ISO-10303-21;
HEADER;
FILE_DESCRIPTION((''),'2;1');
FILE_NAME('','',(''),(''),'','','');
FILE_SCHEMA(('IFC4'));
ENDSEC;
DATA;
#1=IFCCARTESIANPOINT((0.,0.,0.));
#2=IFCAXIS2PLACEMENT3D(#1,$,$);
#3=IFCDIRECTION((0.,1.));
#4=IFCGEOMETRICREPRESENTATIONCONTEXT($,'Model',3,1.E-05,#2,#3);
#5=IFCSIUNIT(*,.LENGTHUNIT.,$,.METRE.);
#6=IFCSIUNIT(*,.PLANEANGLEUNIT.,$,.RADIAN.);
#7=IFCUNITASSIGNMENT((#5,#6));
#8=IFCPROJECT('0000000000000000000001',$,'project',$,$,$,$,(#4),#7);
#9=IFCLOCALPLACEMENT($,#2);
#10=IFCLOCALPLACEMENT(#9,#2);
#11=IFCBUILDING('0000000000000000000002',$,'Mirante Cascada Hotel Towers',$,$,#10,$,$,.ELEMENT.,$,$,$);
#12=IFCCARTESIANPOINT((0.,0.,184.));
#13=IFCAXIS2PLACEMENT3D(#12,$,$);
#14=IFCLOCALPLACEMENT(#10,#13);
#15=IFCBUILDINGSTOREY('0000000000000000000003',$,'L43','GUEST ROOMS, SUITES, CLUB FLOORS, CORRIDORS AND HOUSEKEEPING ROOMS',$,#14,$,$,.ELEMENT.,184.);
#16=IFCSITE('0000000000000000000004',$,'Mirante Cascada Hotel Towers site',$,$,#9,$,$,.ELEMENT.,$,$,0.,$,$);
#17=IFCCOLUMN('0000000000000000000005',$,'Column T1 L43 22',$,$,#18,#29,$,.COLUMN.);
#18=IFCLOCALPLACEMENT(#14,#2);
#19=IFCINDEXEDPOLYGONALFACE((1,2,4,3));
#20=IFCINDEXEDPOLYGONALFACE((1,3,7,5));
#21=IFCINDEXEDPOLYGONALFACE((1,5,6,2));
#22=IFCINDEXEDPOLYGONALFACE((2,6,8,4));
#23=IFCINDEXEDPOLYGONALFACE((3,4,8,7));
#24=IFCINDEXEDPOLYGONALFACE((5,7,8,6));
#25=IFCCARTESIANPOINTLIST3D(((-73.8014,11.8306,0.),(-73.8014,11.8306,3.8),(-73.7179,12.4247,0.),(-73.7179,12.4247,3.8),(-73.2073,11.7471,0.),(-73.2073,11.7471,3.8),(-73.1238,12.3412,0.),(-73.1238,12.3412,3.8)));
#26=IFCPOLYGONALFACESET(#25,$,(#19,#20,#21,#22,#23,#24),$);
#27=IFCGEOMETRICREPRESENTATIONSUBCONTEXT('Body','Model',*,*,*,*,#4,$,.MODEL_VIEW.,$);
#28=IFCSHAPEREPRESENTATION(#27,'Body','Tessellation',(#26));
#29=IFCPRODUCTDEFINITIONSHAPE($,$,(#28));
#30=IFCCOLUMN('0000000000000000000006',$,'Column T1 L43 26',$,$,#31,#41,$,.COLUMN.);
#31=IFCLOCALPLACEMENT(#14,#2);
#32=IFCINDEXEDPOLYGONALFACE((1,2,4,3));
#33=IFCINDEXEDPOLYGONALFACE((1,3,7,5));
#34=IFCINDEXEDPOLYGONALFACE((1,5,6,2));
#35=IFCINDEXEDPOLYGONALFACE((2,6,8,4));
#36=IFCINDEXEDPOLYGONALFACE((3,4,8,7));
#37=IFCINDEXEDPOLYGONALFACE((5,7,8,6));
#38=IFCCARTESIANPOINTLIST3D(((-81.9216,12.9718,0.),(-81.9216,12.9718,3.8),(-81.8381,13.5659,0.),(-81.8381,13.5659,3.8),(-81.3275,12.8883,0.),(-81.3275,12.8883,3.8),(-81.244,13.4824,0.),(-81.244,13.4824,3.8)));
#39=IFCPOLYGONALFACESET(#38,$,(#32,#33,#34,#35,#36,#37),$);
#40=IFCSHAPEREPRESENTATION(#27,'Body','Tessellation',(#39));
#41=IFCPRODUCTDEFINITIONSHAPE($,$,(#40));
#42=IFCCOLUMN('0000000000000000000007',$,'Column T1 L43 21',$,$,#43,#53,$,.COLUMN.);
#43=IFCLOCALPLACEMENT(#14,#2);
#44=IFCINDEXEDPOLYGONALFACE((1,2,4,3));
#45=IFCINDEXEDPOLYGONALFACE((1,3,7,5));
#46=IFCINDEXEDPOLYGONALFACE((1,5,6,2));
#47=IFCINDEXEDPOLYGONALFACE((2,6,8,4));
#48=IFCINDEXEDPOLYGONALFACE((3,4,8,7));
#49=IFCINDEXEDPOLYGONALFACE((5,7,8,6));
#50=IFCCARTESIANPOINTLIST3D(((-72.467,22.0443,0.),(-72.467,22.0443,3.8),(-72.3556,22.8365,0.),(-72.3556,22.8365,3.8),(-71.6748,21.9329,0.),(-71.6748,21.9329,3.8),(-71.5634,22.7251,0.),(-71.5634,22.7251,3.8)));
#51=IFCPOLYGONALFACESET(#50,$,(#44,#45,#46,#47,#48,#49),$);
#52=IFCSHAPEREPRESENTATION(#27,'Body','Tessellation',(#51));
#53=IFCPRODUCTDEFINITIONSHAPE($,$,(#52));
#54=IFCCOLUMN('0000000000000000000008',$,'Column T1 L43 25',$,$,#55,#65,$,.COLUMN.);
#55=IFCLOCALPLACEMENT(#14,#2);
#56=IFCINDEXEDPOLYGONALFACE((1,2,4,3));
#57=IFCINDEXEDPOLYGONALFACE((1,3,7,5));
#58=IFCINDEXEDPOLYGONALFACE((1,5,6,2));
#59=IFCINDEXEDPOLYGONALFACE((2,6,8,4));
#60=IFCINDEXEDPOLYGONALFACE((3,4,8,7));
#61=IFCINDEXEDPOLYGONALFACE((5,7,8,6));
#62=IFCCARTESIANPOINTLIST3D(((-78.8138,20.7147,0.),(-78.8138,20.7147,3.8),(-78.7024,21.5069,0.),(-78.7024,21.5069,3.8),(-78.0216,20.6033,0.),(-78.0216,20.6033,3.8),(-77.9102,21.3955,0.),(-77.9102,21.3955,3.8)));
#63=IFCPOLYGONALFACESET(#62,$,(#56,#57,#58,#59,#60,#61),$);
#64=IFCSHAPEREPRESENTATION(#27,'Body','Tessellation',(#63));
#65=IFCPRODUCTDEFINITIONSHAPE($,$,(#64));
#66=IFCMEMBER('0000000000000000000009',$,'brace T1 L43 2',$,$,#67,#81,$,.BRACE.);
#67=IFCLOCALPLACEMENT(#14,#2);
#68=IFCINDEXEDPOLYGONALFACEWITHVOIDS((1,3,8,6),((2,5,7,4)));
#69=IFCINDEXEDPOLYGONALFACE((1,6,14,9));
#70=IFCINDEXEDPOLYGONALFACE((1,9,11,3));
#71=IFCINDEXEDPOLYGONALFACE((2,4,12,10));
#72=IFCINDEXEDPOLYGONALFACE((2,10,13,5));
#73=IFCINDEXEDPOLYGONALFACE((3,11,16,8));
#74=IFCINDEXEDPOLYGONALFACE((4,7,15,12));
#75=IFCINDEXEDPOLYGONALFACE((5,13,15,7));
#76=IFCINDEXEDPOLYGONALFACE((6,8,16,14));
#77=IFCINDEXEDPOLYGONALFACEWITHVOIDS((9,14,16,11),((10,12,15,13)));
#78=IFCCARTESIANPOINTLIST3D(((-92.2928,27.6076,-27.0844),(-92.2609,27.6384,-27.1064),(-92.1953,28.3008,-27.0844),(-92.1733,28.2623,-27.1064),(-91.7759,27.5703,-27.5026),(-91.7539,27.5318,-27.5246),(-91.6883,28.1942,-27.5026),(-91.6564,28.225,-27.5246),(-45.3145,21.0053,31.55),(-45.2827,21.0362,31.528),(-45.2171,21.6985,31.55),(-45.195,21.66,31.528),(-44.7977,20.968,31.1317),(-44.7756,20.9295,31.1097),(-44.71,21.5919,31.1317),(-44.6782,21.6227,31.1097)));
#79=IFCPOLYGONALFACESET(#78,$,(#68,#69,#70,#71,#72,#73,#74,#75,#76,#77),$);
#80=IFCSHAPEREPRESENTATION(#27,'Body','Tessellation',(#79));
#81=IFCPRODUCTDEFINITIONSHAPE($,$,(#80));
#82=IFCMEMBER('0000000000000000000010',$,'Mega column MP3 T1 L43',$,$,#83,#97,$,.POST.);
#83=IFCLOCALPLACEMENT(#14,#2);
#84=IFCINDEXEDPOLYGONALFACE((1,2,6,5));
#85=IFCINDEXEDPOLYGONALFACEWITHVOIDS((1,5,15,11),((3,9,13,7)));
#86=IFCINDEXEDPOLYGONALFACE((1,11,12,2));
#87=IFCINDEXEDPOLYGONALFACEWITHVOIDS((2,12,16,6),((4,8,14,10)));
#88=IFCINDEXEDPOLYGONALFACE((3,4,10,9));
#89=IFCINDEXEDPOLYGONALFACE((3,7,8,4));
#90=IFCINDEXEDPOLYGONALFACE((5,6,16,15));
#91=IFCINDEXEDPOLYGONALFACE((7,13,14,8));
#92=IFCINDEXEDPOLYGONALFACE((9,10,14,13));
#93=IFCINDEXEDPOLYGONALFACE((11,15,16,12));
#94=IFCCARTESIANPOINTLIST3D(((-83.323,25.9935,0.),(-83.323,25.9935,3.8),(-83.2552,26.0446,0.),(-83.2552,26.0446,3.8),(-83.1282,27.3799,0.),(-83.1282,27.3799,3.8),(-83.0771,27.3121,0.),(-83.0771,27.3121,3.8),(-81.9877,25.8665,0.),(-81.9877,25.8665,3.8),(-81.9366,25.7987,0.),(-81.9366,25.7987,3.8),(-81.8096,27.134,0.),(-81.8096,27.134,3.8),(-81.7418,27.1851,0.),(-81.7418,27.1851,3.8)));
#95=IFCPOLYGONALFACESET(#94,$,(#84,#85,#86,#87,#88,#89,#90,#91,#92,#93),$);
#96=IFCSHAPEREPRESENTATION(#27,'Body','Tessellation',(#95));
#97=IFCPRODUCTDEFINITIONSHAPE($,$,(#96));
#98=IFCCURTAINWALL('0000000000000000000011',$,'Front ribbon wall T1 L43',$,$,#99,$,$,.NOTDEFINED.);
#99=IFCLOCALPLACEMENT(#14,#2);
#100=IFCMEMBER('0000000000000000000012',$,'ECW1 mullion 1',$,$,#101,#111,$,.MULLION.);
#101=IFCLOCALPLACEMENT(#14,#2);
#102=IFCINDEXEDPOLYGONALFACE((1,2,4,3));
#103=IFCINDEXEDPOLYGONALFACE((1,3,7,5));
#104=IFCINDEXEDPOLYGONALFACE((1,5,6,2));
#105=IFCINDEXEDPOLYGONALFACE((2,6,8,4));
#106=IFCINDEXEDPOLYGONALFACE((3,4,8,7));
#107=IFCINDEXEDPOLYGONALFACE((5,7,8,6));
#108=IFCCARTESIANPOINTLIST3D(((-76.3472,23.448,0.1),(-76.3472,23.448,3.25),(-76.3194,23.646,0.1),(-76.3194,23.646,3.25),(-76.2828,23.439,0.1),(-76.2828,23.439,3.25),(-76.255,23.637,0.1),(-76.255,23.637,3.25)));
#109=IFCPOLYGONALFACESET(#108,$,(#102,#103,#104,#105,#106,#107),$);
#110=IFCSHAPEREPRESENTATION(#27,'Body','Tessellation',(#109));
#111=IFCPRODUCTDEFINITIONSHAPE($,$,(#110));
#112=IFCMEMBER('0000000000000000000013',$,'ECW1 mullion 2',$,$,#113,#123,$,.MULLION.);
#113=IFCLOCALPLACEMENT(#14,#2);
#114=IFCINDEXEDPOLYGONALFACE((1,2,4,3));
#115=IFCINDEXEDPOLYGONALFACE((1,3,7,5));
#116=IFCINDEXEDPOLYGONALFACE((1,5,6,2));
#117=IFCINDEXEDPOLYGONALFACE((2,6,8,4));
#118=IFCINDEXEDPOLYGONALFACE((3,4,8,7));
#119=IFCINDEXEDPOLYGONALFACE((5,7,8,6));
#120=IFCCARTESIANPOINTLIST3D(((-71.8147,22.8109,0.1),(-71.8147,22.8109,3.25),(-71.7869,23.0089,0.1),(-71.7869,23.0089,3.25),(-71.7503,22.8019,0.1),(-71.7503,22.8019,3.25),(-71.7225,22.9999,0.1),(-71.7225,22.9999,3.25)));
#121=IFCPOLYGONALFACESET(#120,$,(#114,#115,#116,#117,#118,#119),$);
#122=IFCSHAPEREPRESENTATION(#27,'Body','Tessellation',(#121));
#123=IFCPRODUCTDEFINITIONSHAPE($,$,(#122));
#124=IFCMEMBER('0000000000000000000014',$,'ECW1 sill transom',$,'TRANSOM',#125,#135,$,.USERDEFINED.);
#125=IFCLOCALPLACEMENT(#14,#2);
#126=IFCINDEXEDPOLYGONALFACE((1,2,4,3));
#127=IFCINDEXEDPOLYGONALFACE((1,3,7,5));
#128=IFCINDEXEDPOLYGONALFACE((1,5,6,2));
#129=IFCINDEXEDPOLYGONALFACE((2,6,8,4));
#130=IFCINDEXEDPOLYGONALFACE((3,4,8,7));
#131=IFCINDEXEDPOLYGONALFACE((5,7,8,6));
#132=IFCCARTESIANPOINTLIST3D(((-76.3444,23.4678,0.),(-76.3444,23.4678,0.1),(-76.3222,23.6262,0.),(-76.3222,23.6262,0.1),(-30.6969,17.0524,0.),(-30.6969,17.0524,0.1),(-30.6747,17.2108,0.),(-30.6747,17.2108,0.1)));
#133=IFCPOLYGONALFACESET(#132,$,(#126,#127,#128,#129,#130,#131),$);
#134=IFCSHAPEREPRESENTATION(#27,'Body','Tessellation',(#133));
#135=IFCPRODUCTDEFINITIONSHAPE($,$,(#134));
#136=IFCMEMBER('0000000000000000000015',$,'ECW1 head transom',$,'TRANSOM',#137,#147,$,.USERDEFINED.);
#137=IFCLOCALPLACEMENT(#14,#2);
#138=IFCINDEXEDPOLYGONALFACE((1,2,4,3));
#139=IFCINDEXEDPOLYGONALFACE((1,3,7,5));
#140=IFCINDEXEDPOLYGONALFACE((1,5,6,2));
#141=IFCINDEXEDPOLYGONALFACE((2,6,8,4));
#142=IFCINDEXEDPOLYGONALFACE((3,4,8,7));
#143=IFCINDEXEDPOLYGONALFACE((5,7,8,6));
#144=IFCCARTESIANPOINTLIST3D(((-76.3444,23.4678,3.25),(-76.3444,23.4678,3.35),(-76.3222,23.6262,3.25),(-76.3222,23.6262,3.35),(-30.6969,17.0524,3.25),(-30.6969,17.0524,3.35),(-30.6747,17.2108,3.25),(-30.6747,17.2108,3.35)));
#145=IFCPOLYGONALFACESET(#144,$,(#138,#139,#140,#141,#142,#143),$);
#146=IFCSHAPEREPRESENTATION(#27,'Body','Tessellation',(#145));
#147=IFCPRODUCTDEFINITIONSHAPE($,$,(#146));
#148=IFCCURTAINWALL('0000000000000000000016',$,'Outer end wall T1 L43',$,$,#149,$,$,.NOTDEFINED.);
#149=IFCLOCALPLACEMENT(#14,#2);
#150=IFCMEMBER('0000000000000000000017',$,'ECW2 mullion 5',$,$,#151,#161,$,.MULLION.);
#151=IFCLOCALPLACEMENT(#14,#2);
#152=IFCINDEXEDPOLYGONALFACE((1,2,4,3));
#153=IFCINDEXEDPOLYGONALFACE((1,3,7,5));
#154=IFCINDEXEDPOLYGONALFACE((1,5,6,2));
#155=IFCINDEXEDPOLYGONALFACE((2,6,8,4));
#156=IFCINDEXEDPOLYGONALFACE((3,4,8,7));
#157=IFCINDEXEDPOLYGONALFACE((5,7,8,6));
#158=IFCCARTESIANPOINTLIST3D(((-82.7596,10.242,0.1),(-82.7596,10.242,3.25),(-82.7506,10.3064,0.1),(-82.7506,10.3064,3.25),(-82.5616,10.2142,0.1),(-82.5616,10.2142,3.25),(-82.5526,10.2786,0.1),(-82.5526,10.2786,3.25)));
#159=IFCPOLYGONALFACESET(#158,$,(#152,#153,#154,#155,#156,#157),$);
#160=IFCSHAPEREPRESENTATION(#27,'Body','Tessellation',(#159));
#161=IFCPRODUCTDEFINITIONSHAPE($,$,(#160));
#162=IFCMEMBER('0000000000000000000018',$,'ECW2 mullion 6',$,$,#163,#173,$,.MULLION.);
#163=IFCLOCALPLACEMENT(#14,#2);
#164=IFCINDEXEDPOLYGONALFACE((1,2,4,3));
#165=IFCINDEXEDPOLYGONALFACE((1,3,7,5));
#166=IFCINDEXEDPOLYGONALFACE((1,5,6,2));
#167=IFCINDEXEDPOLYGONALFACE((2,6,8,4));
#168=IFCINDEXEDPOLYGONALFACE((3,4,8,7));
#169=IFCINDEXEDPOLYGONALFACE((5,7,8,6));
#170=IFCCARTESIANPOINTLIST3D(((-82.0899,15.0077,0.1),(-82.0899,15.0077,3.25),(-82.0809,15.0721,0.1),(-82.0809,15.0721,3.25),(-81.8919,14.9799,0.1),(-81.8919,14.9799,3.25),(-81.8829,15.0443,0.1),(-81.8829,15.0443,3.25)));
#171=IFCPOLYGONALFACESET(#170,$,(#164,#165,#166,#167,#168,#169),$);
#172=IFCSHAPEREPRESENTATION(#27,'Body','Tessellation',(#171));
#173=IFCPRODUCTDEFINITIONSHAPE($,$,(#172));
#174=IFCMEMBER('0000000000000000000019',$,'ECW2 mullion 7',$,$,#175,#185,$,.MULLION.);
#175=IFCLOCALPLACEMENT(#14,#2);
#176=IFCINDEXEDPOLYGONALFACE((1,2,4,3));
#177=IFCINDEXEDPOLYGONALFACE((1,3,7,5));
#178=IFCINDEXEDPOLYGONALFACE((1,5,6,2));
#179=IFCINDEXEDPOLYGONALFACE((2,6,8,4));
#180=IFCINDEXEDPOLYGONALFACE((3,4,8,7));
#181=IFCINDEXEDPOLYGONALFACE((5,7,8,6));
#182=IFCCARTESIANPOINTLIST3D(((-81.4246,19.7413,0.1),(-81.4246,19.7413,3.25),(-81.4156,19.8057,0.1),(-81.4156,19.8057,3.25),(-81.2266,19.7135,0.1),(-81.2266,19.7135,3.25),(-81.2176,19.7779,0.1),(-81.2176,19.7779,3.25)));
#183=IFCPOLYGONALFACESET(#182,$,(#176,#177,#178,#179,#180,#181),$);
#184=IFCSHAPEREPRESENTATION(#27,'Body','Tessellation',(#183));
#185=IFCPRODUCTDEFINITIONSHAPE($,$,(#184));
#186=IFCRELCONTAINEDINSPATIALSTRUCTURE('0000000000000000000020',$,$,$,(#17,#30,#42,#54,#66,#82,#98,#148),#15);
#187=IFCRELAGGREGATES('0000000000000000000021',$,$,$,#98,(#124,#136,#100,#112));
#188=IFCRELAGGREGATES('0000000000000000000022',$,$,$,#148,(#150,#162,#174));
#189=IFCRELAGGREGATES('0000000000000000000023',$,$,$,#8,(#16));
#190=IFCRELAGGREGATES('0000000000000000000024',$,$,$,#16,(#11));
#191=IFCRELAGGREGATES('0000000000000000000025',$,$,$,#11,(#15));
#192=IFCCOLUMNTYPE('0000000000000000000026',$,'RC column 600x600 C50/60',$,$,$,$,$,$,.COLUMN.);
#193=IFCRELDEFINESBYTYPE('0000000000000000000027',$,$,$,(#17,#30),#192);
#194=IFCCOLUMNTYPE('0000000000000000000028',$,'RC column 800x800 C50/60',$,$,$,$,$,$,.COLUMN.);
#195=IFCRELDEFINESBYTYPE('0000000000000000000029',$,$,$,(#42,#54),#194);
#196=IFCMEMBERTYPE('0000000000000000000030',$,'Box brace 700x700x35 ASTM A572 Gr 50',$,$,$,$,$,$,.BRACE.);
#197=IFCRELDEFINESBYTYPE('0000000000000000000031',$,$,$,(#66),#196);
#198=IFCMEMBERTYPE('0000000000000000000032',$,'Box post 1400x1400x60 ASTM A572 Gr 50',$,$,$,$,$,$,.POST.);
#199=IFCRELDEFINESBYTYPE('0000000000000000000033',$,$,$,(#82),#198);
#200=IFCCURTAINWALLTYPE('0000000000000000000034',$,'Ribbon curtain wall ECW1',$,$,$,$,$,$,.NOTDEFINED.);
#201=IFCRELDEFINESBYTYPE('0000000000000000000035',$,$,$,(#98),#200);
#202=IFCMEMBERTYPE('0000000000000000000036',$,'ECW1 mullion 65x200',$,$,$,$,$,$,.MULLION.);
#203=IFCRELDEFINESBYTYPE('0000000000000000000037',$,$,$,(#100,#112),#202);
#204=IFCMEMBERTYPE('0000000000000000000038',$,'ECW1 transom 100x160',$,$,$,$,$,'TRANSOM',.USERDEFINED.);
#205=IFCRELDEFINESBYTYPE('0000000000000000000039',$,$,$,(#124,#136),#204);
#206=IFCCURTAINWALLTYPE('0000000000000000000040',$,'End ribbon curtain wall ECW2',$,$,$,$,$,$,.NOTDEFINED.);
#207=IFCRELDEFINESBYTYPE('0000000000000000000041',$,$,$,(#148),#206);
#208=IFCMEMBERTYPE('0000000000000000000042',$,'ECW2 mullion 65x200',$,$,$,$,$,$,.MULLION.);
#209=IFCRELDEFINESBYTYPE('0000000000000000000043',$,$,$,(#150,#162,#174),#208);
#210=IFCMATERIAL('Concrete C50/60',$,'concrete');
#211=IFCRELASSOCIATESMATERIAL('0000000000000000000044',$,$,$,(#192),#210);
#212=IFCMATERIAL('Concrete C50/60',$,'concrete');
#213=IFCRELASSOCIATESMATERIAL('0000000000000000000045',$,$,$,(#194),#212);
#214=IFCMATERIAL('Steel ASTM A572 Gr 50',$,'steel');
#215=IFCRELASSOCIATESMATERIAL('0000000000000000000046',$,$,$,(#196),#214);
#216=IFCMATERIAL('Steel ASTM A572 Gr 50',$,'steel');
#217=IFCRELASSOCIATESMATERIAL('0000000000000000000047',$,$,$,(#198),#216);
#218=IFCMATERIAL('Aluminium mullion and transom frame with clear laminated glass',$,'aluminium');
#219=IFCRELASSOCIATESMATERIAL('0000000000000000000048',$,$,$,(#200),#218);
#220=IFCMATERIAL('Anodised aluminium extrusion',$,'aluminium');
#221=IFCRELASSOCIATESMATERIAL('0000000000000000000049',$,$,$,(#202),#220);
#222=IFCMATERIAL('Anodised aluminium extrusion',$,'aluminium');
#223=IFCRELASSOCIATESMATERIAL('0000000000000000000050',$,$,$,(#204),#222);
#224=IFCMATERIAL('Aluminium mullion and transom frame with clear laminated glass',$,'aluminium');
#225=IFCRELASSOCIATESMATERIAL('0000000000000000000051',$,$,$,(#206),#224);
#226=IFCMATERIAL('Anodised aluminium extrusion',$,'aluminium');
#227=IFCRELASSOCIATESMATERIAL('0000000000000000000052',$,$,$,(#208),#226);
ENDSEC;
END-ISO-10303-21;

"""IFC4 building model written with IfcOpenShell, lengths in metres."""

from ifc_helpers import new_model, si_unit, direction, frame, origin, origin_2d, place, context, subcontext, project, spatial, rectangle, hollow_rectangle, extrude, material, material_profile, profile_set, type_object, element, aggregate, save


model = new_model("IFC4")

# Units and contexts
model_context = context("Model", 3, precision=1e-05, world=origin(), true_north=direction((0.0, 1.0)))
body_context = subcontext(model_context, "Body", "Model", "MODEL_VIEW")
ifc_project = project(units=[si_unit("LENGTHUNIT", "METRE"), si_unit("PLANEANGLEUNIT", "RADIAN")], contexts=[model_context])

# Site, building, storey
site_placement = place(None, origin())
site = spatial("IfcSite", under=ifc_project, at=site_placement, Name="Mirante Cascada Hotel Towers site", CompositionType="ELEMENT", RefElevation=0.0)
building_placement = place(site_placement, origin())
building = spatial("IfcBuilding", under=site, at=building_placement, Name="Mirante Cascada Hotel Towers", CompositionType="ELEMENT")
storey_placement = place(building_placement, frame((0.0, 0.0, 184.0)))
storey = spatial("IfcBuildingStorey", under=building, at=storey_placement, Name="L43", Description="GUEST ROOMS, SUITES, CLUB FLOORS, CORRIDORS AND HOUSEKEEPING ROOMS", CompositionType="ELEMENT", Elevation=184.0)

# Columns
ifc_material_1 = material(Name="Concrete C50/60", Category="concrete")
ifc_material_profile_1 = material_profile(ifc_material_1, rectangle(XDim=0.6, YDim=0.6, at=origin_2d()), Name="RC column 600x600 C50/60")
ifc_profile_set_1 = profile_set([ifc_material_profile_1], Name="Concrete C50/60")
column_type_1 = type_object("IfcColumnType", Name="RC column 600x600 C50/60", PredefinedType="COLUMN", material=ifc_profile_set_1)
for number, where, z_axis, x_axis, name in (
    (1, (-73.4626, 12.0859, 0.0), (0.0, 0.0, 1.0), (-0.990268, 0.139173, 0.0), "Column T1 L43 22"),
    (2, (-81.5828, 13.2271, 0.0), (0.0, 0.0, 1.0), (-0.990268, 0.139173, 0.0), "Column T1 L43 26"),
):
    element("IfcColumn", number, at=place(storey_placement, frame(where, z_axis=z_axis, x_axis=x_axis)), inside=storey, type_object=column_type_1, Name=name, PredefinedType="COLUMN", context=body_context, shape_type="SweptSolid", body=[
        extrude(rectangle(XDim=0.6, YDim=0.6, at=origin_2d()), origin(), (0.0, 0.0, 1.0), 3.8),
    ])
ifc_material_2 = material(Name="Concrete C50/60", Category="concrete")
ifc_material_profile_2 = material_profile(ifc_material_2, rectangle(XDim=0.8, YDim=0.8, at=origin_2d()), Name="RC column 800x800 C50/60")
ifc_profile_set_2 = profile_set([ifc_material_profile_2], Name="Concrete C50/60")
column_type_2 = type_object("IfcColumnType", Name="RC column 800x800 C50/60", PredefinedType="COLUMN", material=ifc_profile_set_2)
for number, where, z_axis, x_axis, name in (
    (3, (-72.0152, 22.3847, 0.0), (0.0, 0.0, 1.0), (-0.990268, 0.139173, 0.0), "Column T1 L43 21"),
    (4, (-78.362, 21.0551, 0.0), (0.0, 0.0, 1.0), (-0.990268, 0.139173, 0.0), "Column T1 L43 25"),
):
    element("IfcColumn", number, at=place(storey_placement, frame(where, z_axis=z_axis, x_axis=x_axis)), inside=storey, type_object=column_type_2, Name=name, PredefinedType="COLUMN", context=body_context, shape_type="SweptSolid", body=[
        extrude(rectangle(XDim=0.8, YDim=0.8, at=origin_2d()), origin(), (0.0, 0.0, 1.0), 3.8),
    ])

# Members
ifc_material_3 = material(Name="Steel ASTM A572 Gr 50", Category="steel")
ifc_material_profile_3 = material_profile(ifc_material_3, hollow_rectangle(XDim=0.7, YDim=0.7, WallThickness=0.035, at=origin_2d()), Name="Box brace 700x700x35 ASTM A572 Gr 50")
ifc_profile_set_3 = profile_set([ifc_material_profile_3], Name="Steel ASTM A572 Gr 50")
member_type_1 = type_object("IfcMemberType", Name="Box brace 700x700x35 ASTM A572 Gr 50", PredefinedType="BRACE", material=ifc_profile_set_3)
member_1_placement = place(storey_placement, frame((-91.9746, 27.9163, -27.3045), z_axis=(0.622869, -0.087538, 0.777413), x_axis=(0.139172, 0.990268, 0.0)))
element("IfcMember", 5, at=member_1_placement, inside=storey, type_object=member_type_1, Name="brace T1 L43 2", PredefinedType="BRACE", context=body_context, shape_type="SweptSolid", body=[
    extrude(hollow_rectangle(XDim=0.7, YDim=0.7, WallThickness=0.035, at=origin_2d()), origin(), (0.0, 0.0, 1.0), 75.4224),
])
ifc_material_4 = material(Name="Steel ASTM A572 Gr 50", Category="steel")
ifc_material_profile_4 = material_profile(ifc_material_4, hollow_rectangle(XDim=1.4, YDim=1.4, WallThickness=0.06, at=origin_2d()), Name="Box post 1400x1400x60 ASTM A572 Gr 50")
ifc_profile_set_4 = profile_set([ifc_material_profile_4], Name="Steel ASTM A572 Gr 50")
member_type_2 = type_object("IfcMemberType", Name="Box post 1400x1400x60 ASTM A572 Gr 50", PredefinedType="POST", material=ifc_profile_set_4)
member_2_placement = place(storey_placement, frame((-82.5324, 26.5893, 0.0), z_axis=(0.0, 0.0, 1.0), x_axis=(-0.990268, 0.139173, 0.0)))
element("IfcMember", 6, at=member_2_placement, inside=storey, type_object=member_type_2, Name="Mega column MP3 T1 L43", PredefinedType="POST", context=body_context, shape_type="SweptSolid", body=[
    extrude(hollow_rectangle(XDim=1.4, YDim=1.4, WallThickness=0.06, at=origin_2d()), origin(), (0.0, 0.0, 1.0), 3.8),
])

# Curtain walls, members
ifc_material_5 = material(Name="Aluminium mullion and transom frame with clear laminated glass", Category="aluminium")
curtain_wall_type_1 = type_object("IfcCurtainWallType", Name="Ribbon curtain wall ECW1", PredefinedType="NOTDEFINED", material=ifc_material_5)
curtain_wall_1_placement = place(storey_placement, origin())
curtain_wall_1 = element("IfcCurtainWall", 7, at=curtain_wall_1_placement, inside=storey, type_object=curtain_wall_type_1, Name="Front ribbon wall T1 L43", PredefinedType="NOTDEFINED")
ifc_material_6 = material(Name="Anodised aluminium extrusion", Category="aluminium")
ifc_material_profile_5 = material_profile(ifc_material_6, rectangle(XDim=0.2, YDim=0.065, at=origin_2d()), Name="ECW1 MULLION 65x200")
ifc_profile_set_5 = profile_set([ifc_material_profile_5], Name="Anodised aluminium extrusion")
member_type_3 = type_object("IfcMemberType", Name="ECW1 mullion 65x200", PredefinedType="MULLION", material=ifc_profile_set_5)
member_3_placement = place(storey_placement, frame((-76.3011, 23.5425, 0.1), z_axis=(0.0, 0.0, 1.0), x_axis=(0.139173, 0.990268, 0.0)))
member_3 = element("IfcMember", 8, at=member_3_placement, type_object=member_type_3, Name="ECW1 mullion 1", PredefinedType="MULLION", context=body_context, shape_type="SweptSolid", body=[
    extrude(rectangle(XDim=0.2, YDim=0.065, at=origin_2d()), origin(), (0.0, 0.0, 1.0), 3.15),
])
member_4_placement = place(storey_placement, frame((-71.7686, 22.9054, 0.1), z_axis=(0.0, 0.0, 1.0), x_axis=(0.139173, 0.990268, 0.0)))
member_4 = element("IfcMember", 9, at=member_4_placement, type_object=member_type_3, Name="ECW1 mullion 2", PredefinedType="MULLION", context=body_context, shape_type="SweptSolid", body=[
    extrude(rectangle(XDim=0.2, YDim=0.065, at=origin_2d()), origin(), (0.0, 0.0, 1.0), 3.15),
])
ifc_material_7 = material(Name="Anodised aluminium extrusion", Category="aluminium")
ifc_material_profile_6 = material_profile(ifc_material_7, rectangle(XDim=0.16, YDim=0.1, at=origin_2d()), Name="ECW1 TRANSOM 100x160")
ifc_profile_set_6 = profile_set([ifc_material_profile_6], Name="Anodised aluminium extrusion")
member_type_4 = type_object("IfcMemberType", Name="ECW1 transom 100x160", ElementType="TRANSOM", PredefinedType="USERDEFINED", material=ifc_profile_set_6)
member_5_placement = place(storey_placement, frame((-76.3333, 23.547, 0.05), z_axis=(0.990268, -0.139174, 0.0), x_axis=(0.139174, 0.990268, 0.0)))
member_5 = element("IfcMember", 10, at=member_5_placement, type_object=member_type_4, Name="ECW1 sill transom", ObjectType="TRANSOM", PredefinedType="USERDEFINED", context=body_context, shape_type="SweptSolid", body=[
    extrude(rectangle(XDim=0.16, YDim=0.1, at=origin_2d()), origin(), (0.0, 0.0, 1.0), 46.0961),
])
member_6_placement = place(storey_placement, frame((-76.3333, 23.547, 3.3), z_axis=(0.990268, -0.139174, 0.0), x_axis=(0.139174, 0.990268, 0.0)))
member_6 = element("IfcMember", 11, at=member_6_placement, type_object=member_type_4, Name="ECW1 head transom", ObjectType="TRANSOM", PredefinedType="USERDEFINED", context=body_context, shape_type="SweptSolid", body=[
    extrude(rectangle(XDim=0.16, YDim=0.1, at=origin_2d()), origin(), (0.0, 0.0, 1.0), 46.0961),
])
ifc_material_8 = material(Name="Aluminium mullion and transom frame with clear laminated glass", Category="aluminium")
curtain_wall_type_2 = type_object("IfcCurtainWallType", Name="End ribbon curtain wall ECW2", PredefinedType="NOTDEFINED", material=ifc_material_8)
curtain_wall_2_placement = place(storey_placement, origin())
curtain_wall_2 = element("IfcCurtainWall", 12, at=curtain_wall_2_placement, inside=storey, type_object=curtain_wall_type_2, Name="Outer end wall T1 L43", PredefinedType="NOTDEFINED")
ifc_material_9 = material(Name="Anodised aluminium extrusion", Category="aluminium")
ifc_material_profile_7 = material_profile(ifc_material_9, rectangle(XDim=0.2, YDim=0.065, at=origin_2d()), Name="ECW2 MULLION 65x200")
ifc_profile_set_7 = profile_set([ifc_material_profile_7], Name="Anodised aluminium extrusion")
member_type_5 = type_object("IfcMemberType", Name="ECW2 mullion 65x200", PredefinedType="MULLION", material=ifc_profile_set_7)
member_7_placement = place(storey_placement, frame((-82.6561, 10.2603, 0.1), z_axis=(0.0, 0.0, 1.0), x_axis=(-0.990268, 0.139173, 0.0)))
member_7 = element("IfcMember", 13, at=member_7_placement, type_object=member_type_5, Name="ECW2 mullion 5", PredefinedType="MULLION", context=body_context, shape_type="SweptSolid", body=[
    extrude(rectangle(XDim=0.2, YDim=0.065, at=origin_2d()), origin(), (0.0, 0.0, 1.0), 3.15),
])
member_8_placement = place(storey_placement, frame((-81.9864, 15.026, 0.1), z_axis=(0.0, 0.0, 1.0), x_axis=(-0.990268, 0.139173, 0.0)))
member_8 = element("IfcMember", 14, at=member_8_placement, type_object=member_type_5, Name="ECW2 mullion 6", PredefinedType="MULLION", context=body_context, shape_type="SweptSolid", body=[
    extrude(rectangle(XDim=0.2, YDim=0.065, at=origin_2d()), origin(), (0.0, 0.0, 1.0), 3.15),
])
member_9_placement = place(storey_placement, frame((-81.3211, 19.7596, 0.1), z_axis=(0.0, 0.0, 1.0), x_axis=(-0.990268, 0.139173, 0.0)))
member_9 = element("IfcMember", 15, at=member_9_placement, type_object=member_type_5, Name="ECW2 mullion 7", PredefinedType="MULLION", context=body_context, shape_type="SweptSolid", body=[
    extrude(rectangle(XDim=0.2, YDim=0.065, at=origin_2d()), origin(), (0.0, 0.0, 1.0), 3.15),
])

aggregate(curtain_wall_1, [member_5, member_6, member_3, member_4])
aggregate(curtain_wall_2, [member_7, member_8, member_9])

save(model, "model.ifc")
